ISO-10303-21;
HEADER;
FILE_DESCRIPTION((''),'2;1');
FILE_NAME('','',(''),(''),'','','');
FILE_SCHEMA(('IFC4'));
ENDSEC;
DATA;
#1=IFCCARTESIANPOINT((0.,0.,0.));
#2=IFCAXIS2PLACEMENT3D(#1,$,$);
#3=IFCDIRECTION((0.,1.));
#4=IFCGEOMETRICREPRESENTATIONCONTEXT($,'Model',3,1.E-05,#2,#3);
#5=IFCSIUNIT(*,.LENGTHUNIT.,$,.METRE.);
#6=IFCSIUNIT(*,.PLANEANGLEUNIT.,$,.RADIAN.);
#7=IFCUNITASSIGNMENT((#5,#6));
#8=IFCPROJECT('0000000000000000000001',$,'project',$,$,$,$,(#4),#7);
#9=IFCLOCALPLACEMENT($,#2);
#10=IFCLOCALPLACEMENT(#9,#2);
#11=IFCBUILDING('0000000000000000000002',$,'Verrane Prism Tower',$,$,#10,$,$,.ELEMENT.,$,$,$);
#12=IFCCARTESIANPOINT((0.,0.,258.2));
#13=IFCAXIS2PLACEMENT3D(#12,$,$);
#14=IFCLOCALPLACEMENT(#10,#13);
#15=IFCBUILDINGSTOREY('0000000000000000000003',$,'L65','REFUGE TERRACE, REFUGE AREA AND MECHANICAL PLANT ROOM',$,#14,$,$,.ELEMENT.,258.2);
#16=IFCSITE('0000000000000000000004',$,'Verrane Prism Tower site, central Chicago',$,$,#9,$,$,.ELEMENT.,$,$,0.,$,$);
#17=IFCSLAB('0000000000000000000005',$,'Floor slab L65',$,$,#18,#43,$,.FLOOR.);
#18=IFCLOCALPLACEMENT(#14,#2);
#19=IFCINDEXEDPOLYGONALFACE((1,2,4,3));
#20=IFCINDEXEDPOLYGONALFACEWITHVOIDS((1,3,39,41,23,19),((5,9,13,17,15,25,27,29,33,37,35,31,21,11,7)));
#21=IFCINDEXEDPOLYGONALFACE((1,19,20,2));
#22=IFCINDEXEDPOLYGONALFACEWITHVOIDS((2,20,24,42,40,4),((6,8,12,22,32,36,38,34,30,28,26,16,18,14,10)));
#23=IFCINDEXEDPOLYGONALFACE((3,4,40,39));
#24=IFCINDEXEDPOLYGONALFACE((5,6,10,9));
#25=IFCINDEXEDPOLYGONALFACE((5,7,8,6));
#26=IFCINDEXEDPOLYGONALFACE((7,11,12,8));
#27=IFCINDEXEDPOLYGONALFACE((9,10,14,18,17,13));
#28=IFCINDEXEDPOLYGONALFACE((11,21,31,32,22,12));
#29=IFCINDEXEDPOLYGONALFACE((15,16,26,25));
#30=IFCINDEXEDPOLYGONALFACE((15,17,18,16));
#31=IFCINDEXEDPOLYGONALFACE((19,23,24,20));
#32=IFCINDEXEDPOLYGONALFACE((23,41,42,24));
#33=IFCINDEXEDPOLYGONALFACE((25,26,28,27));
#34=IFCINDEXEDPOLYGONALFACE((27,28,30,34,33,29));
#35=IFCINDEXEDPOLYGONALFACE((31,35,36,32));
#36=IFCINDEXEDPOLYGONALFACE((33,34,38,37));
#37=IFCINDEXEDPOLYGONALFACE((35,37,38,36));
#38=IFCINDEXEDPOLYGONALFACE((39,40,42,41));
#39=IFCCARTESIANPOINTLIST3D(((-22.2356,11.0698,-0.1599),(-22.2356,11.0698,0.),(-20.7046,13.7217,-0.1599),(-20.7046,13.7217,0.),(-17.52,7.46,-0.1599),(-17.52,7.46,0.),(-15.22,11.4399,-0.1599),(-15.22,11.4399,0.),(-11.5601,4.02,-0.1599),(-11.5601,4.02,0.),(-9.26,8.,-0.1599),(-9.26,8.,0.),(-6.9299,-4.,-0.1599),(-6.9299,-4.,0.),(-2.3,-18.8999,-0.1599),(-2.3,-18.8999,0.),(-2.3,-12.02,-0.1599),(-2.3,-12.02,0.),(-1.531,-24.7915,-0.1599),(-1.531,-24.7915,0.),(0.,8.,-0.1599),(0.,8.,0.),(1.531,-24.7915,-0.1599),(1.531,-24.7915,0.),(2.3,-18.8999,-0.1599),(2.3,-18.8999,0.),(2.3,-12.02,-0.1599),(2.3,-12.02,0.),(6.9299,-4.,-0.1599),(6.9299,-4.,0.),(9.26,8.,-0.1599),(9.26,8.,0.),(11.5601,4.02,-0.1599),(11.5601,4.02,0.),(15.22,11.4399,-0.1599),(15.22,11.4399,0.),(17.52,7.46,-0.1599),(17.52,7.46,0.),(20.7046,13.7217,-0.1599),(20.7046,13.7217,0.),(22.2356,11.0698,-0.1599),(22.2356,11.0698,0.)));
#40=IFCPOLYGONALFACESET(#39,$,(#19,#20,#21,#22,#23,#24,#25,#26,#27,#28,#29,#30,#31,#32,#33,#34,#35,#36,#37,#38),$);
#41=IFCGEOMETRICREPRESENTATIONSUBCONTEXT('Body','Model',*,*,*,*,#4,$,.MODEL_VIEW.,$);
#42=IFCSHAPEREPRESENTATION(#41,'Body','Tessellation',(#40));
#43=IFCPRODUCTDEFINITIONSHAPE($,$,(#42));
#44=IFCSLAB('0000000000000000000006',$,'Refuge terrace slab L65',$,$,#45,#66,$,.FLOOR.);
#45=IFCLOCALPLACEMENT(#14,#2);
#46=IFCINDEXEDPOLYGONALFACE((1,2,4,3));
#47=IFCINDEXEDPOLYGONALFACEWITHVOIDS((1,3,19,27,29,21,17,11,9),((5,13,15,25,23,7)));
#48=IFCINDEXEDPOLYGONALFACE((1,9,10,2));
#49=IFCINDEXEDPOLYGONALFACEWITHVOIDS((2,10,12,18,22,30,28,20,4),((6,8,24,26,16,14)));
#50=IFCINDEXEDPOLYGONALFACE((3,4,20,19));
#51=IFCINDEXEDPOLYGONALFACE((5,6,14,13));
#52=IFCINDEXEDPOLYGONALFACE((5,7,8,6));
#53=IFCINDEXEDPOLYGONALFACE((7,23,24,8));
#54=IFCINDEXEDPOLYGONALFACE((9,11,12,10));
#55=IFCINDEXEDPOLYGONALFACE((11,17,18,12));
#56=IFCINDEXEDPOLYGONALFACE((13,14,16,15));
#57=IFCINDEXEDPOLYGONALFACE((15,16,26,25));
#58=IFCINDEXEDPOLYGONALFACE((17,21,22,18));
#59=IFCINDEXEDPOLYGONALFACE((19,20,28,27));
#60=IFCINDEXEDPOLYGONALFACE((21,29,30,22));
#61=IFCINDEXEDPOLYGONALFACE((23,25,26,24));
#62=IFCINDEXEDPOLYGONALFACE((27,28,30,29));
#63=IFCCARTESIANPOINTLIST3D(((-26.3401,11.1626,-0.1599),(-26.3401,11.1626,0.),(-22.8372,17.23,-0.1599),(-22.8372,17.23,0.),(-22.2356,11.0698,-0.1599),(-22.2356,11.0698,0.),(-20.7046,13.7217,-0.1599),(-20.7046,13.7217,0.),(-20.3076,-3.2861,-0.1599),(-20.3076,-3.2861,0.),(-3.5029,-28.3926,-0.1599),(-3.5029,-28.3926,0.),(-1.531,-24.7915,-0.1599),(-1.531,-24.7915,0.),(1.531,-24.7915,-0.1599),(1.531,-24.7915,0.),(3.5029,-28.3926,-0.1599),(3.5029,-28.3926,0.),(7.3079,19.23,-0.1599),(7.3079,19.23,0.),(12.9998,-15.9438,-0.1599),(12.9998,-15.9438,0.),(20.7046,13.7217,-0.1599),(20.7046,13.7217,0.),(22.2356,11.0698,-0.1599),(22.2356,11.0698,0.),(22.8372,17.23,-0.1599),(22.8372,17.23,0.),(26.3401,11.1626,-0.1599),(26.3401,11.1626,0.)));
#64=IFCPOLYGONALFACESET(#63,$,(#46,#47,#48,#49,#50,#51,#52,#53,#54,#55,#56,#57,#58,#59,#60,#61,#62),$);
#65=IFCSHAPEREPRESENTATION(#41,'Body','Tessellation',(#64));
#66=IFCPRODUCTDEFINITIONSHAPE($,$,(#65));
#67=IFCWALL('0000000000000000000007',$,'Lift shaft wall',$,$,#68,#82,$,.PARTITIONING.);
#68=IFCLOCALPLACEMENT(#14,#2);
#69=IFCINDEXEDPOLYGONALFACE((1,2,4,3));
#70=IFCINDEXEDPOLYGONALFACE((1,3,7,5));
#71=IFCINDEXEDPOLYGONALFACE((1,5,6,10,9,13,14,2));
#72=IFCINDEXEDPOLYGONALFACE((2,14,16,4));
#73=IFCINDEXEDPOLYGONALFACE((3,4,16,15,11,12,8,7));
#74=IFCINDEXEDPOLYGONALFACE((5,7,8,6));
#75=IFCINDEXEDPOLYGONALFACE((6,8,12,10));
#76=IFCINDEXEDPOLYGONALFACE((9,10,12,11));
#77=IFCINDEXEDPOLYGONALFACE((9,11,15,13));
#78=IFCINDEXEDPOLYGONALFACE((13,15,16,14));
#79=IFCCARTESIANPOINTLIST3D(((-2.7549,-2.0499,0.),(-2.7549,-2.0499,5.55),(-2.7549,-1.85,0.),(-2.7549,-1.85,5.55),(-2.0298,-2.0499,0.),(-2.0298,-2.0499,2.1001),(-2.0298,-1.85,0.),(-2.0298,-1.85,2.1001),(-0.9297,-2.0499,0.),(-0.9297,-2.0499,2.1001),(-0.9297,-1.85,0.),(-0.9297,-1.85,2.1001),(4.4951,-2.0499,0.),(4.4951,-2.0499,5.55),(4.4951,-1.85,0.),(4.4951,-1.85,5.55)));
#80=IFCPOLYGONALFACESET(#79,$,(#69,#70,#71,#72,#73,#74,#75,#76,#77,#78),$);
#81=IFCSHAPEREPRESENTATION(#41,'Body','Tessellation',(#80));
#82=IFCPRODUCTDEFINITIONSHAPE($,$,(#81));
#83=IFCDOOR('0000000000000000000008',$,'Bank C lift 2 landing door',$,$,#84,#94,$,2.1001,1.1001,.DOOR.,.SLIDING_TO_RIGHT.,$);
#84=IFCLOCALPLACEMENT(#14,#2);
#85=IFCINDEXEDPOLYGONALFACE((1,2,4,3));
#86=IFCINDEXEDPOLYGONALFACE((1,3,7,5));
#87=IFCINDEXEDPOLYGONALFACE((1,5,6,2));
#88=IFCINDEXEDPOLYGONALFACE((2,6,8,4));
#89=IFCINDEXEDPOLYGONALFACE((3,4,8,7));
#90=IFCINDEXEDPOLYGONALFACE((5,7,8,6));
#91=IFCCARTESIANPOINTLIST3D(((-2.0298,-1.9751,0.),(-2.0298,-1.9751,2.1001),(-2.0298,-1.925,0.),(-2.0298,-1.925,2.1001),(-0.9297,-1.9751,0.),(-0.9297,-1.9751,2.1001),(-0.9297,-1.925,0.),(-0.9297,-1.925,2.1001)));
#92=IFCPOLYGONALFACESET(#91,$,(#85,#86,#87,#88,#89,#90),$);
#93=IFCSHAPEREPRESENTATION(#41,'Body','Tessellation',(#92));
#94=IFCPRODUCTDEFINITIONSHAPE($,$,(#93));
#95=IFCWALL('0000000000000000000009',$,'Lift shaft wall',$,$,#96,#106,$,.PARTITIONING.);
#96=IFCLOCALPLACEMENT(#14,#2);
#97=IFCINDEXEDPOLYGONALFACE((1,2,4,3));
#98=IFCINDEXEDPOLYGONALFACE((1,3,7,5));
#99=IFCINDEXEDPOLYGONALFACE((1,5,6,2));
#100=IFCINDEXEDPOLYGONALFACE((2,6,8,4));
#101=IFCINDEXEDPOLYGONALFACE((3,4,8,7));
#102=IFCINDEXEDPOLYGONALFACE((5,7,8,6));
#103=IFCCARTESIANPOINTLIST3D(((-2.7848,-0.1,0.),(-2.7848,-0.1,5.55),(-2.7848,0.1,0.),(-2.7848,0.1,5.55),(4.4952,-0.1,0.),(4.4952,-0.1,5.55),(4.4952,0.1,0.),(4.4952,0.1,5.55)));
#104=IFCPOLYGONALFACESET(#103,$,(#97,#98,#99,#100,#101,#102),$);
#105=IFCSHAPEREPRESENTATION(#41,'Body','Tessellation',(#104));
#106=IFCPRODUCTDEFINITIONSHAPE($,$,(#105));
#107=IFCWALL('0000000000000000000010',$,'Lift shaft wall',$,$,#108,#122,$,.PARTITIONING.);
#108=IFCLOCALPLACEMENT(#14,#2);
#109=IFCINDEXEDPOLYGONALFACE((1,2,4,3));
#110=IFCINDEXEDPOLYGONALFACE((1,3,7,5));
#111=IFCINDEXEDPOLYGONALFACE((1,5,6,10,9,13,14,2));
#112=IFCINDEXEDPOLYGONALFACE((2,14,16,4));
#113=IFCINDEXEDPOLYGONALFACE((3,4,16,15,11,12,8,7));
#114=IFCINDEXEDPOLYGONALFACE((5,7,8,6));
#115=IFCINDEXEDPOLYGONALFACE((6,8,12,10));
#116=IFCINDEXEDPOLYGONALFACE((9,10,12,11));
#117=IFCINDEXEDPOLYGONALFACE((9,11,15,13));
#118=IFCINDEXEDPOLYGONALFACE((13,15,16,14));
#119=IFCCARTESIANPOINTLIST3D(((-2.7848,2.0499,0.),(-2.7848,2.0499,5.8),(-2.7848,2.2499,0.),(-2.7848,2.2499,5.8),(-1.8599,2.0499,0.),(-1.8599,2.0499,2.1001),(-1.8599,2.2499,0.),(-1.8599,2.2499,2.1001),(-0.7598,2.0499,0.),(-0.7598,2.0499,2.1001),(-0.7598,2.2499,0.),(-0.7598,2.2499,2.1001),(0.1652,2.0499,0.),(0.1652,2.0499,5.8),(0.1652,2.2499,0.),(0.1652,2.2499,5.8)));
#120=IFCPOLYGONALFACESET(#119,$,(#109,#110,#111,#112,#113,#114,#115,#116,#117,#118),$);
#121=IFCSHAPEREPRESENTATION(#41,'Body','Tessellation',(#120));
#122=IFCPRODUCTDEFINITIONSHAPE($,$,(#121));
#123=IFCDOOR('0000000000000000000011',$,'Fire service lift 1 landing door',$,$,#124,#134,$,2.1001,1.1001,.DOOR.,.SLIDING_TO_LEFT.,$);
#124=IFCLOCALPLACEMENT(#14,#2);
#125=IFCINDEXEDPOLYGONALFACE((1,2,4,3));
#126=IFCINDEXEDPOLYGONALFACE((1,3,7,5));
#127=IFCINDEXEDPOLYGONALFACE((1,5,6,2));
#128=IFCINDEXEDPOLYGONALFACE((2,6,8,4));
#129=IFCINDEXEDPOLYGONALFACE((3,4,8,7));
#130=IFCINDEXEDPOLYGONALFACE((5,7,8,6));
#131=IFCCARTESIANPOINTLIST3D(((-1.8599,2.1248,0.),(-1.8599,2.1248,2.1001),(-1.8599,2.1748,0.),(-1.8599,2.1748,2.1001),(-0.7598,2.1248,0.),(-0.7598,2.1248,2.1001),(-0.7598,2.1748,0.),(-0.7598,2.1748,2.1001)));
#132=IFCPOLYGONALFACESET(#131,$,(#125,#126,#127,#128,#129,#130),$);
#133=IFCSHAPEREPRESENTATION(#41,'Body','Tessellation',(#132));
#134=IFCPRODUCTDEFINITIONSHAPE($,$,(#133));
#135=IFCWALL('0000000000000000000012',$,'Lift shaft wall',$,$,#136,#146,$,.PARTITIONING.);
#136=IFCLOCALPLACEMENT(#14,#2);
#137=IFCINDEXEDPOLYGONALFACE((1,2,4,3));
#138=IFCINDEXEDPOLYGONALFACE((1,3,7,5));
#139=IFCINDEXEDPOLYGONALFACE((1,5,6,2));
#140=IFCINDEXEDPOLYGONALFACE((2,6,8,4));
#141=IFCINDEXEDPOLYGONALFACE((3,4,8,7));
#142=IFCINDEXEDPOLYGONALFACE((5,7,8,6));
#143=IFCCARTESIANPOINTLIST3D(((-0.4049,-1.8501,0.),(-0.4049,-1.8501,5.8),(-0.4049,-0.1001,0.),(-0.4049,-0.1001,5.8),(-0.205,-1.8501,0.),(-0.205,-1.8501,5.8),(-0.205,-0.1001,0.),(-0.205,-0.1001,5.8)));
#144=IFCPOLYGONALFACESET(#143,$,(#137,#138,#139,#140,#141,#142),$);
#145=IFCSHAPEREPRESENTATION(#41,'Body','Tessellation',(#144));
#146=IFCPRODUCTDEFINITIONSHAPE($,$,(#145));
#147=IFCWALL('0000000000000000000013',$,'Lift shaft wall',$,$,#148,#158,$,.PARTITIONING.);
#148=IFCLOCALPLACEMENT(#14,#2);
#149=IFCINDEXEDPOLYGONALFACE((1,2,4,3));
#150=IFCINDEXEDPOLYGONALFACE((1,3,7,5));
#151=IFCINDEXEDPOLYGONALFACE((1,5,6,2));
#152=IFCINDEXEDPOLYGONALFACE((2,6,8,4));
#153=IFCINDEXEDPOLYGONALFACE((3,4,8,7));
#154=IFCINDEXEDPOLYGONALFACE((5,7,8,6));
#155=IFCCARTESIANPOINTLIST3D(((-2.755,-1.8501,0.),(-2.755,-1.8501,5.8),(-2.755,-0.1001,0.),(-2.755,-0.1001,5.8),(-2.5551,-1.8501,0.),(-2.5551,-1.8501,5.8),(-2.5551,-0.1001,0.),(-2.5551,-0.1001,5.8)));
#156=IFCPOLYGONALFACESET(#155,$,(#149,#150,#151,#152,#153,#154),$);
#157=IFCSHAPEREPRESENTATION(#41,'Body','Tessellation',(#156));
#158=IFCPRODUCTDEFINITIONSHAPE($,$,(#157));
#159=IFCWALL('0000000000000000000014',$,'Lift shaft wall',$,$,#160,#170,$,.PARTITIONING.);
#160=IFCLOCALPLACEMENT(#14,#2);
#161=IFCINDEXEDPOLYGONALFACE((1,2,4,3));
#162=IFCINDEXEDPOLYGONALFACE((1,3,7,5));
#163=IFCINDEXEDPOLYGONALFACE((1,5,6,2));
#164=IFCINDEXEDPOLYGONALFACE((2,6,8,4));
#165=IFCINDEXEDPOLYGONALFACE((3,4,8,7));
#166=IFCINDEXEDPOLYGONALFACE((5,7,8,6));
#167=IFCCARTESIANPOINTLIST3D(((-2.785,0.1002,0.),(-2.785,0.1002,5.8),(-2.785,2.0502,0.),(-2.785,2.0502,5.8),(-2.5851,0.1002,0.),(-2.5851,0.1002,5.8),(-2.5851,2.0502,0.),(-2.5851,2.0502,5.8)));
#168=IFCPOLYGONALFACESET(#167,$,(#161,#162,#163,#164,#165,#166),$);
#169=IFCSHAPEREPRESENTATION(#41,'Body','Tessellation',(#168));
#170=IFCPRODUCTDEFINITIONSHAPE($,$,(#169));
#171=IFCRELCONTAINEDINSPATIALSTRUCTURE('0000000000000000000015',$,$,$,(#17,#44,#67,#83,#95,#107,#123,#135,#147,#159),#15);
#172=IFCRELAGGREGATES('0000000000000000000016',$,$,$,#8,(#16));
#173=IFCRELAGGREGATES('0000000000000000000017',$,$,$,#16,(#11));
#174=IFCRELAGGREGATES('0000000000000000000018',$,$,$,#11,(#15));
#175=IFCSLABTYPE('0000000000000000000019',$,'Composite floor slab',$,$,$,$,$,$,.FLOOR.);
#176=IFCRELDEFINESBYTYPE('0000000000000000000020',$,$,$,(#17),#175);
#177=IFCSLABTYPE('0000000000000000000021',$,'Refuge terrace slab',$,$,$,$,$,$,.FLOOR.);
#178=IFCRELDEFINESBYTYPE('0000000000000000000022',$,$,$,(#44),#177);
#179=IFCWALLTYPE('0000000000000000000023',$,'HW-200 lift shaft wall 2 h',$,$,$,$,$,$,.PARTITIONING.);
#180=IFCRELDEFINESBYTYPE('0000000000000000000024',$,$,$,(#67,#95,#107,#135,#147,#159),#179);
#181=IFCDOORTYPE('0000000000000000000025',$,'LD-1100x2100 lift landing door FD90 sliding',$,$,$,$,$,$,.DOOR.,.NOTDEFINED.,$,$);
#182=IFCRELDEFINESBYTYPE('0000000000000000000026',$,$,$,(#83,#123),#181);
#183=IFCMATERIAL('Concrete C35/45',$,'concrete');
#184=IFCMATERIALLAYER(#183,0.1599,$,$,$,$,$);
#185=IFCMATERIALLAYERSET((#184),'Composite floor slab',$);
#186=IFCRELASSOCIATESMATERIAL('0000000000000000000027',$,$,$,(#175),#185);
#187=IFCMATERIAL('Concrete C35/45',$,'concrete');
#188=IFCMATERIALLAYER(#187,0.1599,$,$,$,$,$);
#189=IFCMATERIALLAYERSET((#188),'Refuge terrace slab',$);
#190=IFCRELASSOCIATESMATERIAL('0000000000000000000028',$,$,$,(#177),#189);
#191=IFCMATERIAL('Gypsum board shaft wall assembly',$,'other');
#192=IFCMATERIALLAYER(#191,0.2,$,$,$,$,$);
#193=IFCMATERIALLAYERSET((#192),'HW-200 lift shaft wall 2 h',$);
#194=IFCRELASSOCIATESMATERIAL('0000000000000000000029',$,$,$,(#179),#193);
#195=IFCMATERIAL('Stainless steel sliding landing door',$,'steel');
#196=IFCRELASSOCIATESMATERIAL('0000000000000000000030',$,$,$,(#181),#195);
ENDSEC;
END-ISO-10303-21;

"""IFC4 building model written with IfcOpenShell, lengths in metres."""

from ifc_helpers import new_model, si_unit, direction, frame, frame_2d, origin, place, context, subcontext, project, spatial, polyline, rectangle, outline, extrude, material, layer, layer_set, type_object, element, fill, save


model = new_model("IFC4")

# Units and contexts
model_context = context("Model", 3, precision=1e-05, world=origin(), true_north=direction((0.0, 1.0)))
body_context = subcontext(model_context, "Body", "Model", "MODEL_VIEW")
ifc_project = project(units=[si_unit("LENGTHUNIT", "METRE"), si_unit("PLANEANGLEUNIT", "RADIAN")], contexts=[model_context])

# Site, building, storey
site_placement = place(None, origin())
site = spatial("IfcSite", under=ifc_project, at=site_placement, Name="Verrane Prism Tower site, central Chicago", CompositionType="ELEMENT", RefElevation=0.0)
building_placement = place(site_placement, origin())
building = spatial("IfcBuilding", under=site, at=building_placement, Name="Verrane Prism Tower", CompositionType="ELEMENT")
storey_placement = place(building_placement, frame((0.0, 0.0, 258.2)))
storey = spatial("IfcBuildingStorey", under=building, at=storey_placement, Name="L65", Description="REFUGE TERRACE, REFUGE AREA AND MECHANICAL PLANT ROOM", CompositionType="ELEMENT", Elevation=258.2)

# Slabs
ifc_material_1 = material(Name="Concrete C35/45", Category="concrete")
ifc_layer_1 = layer(ifc_material_1, 0.1599)
ifc_layer_set_1 = layer_set([ifc_layer_1], Name="Composite floor slab")
slab_type_1 = type_object("IfcSlabType", Name="Composite floor slab", PredefinedType="FLOOR", material=ifc_layer_set_1)
slab_1_placement = place(storey_placement, frame((0.0, 0.0, -0.1599)))
element("IfcSlab", 1, at=slab_1_placement, inside=storey, type_object=slab_type_1, Name="Floor slab L65", PredefinedType="FLOOR", context=body_context, shape_type="SweptSolid", body=[
    extrude(outline(polyline([(-1.531, -24.7915), (-22.2356, 11.0698), (-20.7046, 13.7217), (20.7046, 13.7217), (22.2356, 11.0698), (1.531, -24.7915), (-1.531, -24.7915)]), holes=[polyline([(15.22, 11.4399), (9.26, 8.0), (0.0, 8.0), (-9.26, 8.0), (-15.22, 11.4399), (-17.52, 7.46), (-11.5601, 4.02), (-6.9299, -4.0), (-2.3, -12.02), (-2.3, -18.8999), (2.3, -18.8999), (2.3, -12.02), (6.9299, -4.0), (11.5601, 4.02), (17.52, 7.46), (15.22, 11.4399)])]), origin(), (0.0, 0.0, 1.0), 0.1599),
])
ifc_material_2 = material(Name="Concrete C35/45", Category="concrete")
ifc_layer_2 = layer(ifc_material_2, 0.1599)
ifc_layer_set_2 = layer_set([ifc_layer_2], Name="Refuge terrace slab")
slab_type_2 = type_object("IfcSlabType", Name="Refuge terrace slab", PredefinedType="FLOOR", material=ifc_layer_set_2)
slab_2_placement = place(storey_placement, frame((0.0, 0.0, -0.1599)))
element("IfcSlab", 2, at=slab_2_placement, inside=storey, type_object=slab_type_2, Name="Refuge terrace slab L65", PredefinedType="FLOOR", context=body_context, shape_type="SweptSolid", body=[
    extrude(outline(polyline([(3.5029, -28.3926), (-3.5029, -28.3926), (-20.3076, -3.2861), (-26.3401, 11.1626), (-22.8372, 17.23), (7.3079, 19.23), (22.8372, 17.23), (26.3401, 11.1626), (12.9998, -15.9438), (3.5029, -28.3926)]), holes=[polyline([(22.2356, 11.0698), (20.7046, 13.7217), (-20.7046, 13.7217), (-22.2356, 11.0698), (-1.531, -24.7915), (1.531, -24.7915), (22.2356, 11.0698)])]), origin(), (0.0, 0.0, 1.0), 0.1599),
])

# Wall, opening, door
ifc_material_3 = material(Name="Gypsum board shaft wall assembly", Category="other")
ifc_layer_3 = layer(ifc_material_3, 0.2)
ifc_layer_set_3 = layer_set([ifc_layer_3], Name="HW-200 lift shaft wall 2 h")
wall_type_1 = type_object("IfcWallType", Name="HW-200 lift shaft wall 2 h", PredefinedType="PARTITIONING", material=ifc_layer_set_3)
wall_1_placement = place(storey_placement, frame((-2.7549, -1.95, 0.0), z_axis=(0.0, 0.0, 1.0), x_axis=(1.0, 0.0, 0.0)))
wall_1 = element("IfcWall", 3, at=wall_1_placement, inside=storey, type_object=wall_type_1, Name="Lift shaft wall", PredefinedType="PARTITIONING", context=body_context, shape_type="SweptSolid", body=[
    extrude(rectangle(XDim=7.25, YDim=0.2, at=frame_2d((3.625, 0.0))), origin(), (0.0, 0.0, 1.0), 5.55),
])
opening_1_placement = place(wall_1_placement, frame((0.7251, 0.0, 0.0)))
opening_1 = element("IfcOpeningElement", 4, at=opening_1_placement, cuts=wall_1, PredefinedType="OPENING", context=body_context, shape_type="SweptSolid", body=[
    extrude(rectangle(XDim=1.1001, YDim=2.1001, at=frame_2d((0.55, 1.05))), frame((0.0, 0.1099, 0.0), z_axis=(0.0, -1.0, 0.0), x_axis=(1.0, 0.0, 0.0)), (0.0, 0.0, 1.0), 0.22),
])
ifc_material_4 = material(Name="Stainless steel sliding landing door", Category="steel")
door_type = type_object("IfcDoorType", Name="LD-1100x2100 lift landing door FD90 sliding", OperationType="NOTDEFINED", PredefinedType="DOOR", material=ifc_material_4)
door_1_placement = place(opening_1_placement, origin())
door_1 = element("IfcDoor", 5, at=door_1_placement, inside=storey, type_object=door_type, Name="Bank C lift 2 landing door", OperationType="SLIDING_TO_RIGHT", OverallHeight=2.1001, OverallWidth=1.1001, PredefinedType="DOOR", context=body_context, shape_type="SweptSolid", body=[
    extrude(rectangle(XDim=1.1001, YDim=2.1001, at=frame_2d((0.55, 1.05))), frame((0.0, 0.0249, 0.0), z_axis=(0.0, -1.0, 0.0), x_axis=(1.0, 0.0, 0.0)), (0.0, 0.0, 1.0), 0.05),
])
fill(opening_1, door_1)

# Wall
wall_2_placement = place(storey_placement, frame((-2.7849, 0.0, 0.0), z_axis=(0.0, 0.0, 1.0), x_axis=(1.0, 0.0, 0.0)))
element("IfcWall", 6, at=wall_2_placement, inside=storey, type_object=wall_type_1, Name="Lift shaft wall", PredefinedType="PARTITIONING", context=body_context, shape_type="SweptSolid", body=[
    extrude(rectangle(XDim=7.28, YDim=0.2, at=frame_2d((3.6401, 0.0))), origin(), (0.0, 0.0, 1.0), 5.55),
])

# Wall, opening, door
wall_3_placement = place(storey_placement, frame((-2.7849, 2.1499, 0.0), z_axis=(0.0, 0.0, 1.0), x_axis=(1.0, 0.0, 0.0)))
wall_3 = element("IfcWall", 7, at=wall_3_placement, inside=storey, type_object=wall_type_1, Name="Lift shaft wall", PredefinedType="PARTITIONING", context=body_context, shape_type="SweptSolid", body=[
    extrude(rectangle(XDim=2.95, YDim=0.2, at=frame_2d((1.4751, 0.0))), origin(), (0.0, 0.0, 1.0), 5.8),
])
opening_2_placement = place(wall_3_placement, frame((0.925, 0.0, 0.0)))
opening_2 = element("IfcOpeningElement", 8, at=opening_2_placement, cuts=wall_3, PredefinedType="OPENING", context=body_context, shape_type="SweptSolid", body=[
    extrude(rectangle(XDim=1.1001, YDim=2.1001, at=frame_2d((0.55, 1.05))), frame((0.0, 0.1099, 0.0), z_axis=(0.0, -1.0, 0.0), x_axis=(1.0, 0.0, 0.0)), (0.0, 0.0, 1.0), 0.22),
])
door_2_placement = place(opening_2_placement, origin())
door_2 = element("IfcDoor", 9, at=door_2_placement, inside=storey, type_object=door_type, Name="Fire service lift 1 landing door", OperationType="SLIDING_TO_LEFT", OverallHeight=2.1001, OverallWidth=1.1001, PredefinedType="DOOR", context=body_context, shape_type="SweptSolid", body=[
    extrude(rectangle(XDim=1.1001, YDim=2.1001, at=frame_2d((0.55, 1.05))), frame((0.0, 0.0249, 0.0), z_axis=(0.0, -1.0, 0.0), x_axis=(1.0, 0.0, 0.0)), (0.0, 0.0, 1.0), 0.05),
])
fill(opening_2, door_2)

# Walls
for number, where, z_axis, x_axis, name in (
    (10, (-0.3049, -1.8501, 0.0), (0.0, 0.0, 1.0), (0.0, 1.0, 0.0), "Lift shaft wall"),
    (11, (-2.655, -1.8501, 0.0), (0.0, 0.0, 1.0), (0.0, 1.0, 0.0), "Lift shaft wall"),
):
    element("IfcWall", number, at=place(storey_placement, frame(where, z_axis=z_axis, x_axis=x_axis)), inside=storey, type_object=wall_type_1, Name=name, PredefinedType="PARTITIONING", context=body_context, shape_type="SweptSolid", body=[
        extrude(rectangle(XDim=1.75, YDim=0.2, at=frame_2d((0.875, 0.0))), origin(), (0.0, 0.0, 1.0), 5.8),
    ])
wall_4_placement = place(storey_placement, frame((-2.6851, 0.1001, 0.0), z_axis=(0.0, 0.0, 1.0), x_axis=(0.0, 1.0, 0.0)))
element("IfcWall", 12, at=wall_4_placement, inside=storey, type_object=wall_type_1, Name="Lift shaft wall", PredefinedType="PARTITIONING", context=body_context, shape_type="SweptSolid", body=[
    extrude(rectangle(XDim=1.95, YDim=0.2, at=frame_2d((0.9751, 0.0))), origin(), (0.0, 0.0, 1.0), 5.8),
])

save(model, "model.ifc")
